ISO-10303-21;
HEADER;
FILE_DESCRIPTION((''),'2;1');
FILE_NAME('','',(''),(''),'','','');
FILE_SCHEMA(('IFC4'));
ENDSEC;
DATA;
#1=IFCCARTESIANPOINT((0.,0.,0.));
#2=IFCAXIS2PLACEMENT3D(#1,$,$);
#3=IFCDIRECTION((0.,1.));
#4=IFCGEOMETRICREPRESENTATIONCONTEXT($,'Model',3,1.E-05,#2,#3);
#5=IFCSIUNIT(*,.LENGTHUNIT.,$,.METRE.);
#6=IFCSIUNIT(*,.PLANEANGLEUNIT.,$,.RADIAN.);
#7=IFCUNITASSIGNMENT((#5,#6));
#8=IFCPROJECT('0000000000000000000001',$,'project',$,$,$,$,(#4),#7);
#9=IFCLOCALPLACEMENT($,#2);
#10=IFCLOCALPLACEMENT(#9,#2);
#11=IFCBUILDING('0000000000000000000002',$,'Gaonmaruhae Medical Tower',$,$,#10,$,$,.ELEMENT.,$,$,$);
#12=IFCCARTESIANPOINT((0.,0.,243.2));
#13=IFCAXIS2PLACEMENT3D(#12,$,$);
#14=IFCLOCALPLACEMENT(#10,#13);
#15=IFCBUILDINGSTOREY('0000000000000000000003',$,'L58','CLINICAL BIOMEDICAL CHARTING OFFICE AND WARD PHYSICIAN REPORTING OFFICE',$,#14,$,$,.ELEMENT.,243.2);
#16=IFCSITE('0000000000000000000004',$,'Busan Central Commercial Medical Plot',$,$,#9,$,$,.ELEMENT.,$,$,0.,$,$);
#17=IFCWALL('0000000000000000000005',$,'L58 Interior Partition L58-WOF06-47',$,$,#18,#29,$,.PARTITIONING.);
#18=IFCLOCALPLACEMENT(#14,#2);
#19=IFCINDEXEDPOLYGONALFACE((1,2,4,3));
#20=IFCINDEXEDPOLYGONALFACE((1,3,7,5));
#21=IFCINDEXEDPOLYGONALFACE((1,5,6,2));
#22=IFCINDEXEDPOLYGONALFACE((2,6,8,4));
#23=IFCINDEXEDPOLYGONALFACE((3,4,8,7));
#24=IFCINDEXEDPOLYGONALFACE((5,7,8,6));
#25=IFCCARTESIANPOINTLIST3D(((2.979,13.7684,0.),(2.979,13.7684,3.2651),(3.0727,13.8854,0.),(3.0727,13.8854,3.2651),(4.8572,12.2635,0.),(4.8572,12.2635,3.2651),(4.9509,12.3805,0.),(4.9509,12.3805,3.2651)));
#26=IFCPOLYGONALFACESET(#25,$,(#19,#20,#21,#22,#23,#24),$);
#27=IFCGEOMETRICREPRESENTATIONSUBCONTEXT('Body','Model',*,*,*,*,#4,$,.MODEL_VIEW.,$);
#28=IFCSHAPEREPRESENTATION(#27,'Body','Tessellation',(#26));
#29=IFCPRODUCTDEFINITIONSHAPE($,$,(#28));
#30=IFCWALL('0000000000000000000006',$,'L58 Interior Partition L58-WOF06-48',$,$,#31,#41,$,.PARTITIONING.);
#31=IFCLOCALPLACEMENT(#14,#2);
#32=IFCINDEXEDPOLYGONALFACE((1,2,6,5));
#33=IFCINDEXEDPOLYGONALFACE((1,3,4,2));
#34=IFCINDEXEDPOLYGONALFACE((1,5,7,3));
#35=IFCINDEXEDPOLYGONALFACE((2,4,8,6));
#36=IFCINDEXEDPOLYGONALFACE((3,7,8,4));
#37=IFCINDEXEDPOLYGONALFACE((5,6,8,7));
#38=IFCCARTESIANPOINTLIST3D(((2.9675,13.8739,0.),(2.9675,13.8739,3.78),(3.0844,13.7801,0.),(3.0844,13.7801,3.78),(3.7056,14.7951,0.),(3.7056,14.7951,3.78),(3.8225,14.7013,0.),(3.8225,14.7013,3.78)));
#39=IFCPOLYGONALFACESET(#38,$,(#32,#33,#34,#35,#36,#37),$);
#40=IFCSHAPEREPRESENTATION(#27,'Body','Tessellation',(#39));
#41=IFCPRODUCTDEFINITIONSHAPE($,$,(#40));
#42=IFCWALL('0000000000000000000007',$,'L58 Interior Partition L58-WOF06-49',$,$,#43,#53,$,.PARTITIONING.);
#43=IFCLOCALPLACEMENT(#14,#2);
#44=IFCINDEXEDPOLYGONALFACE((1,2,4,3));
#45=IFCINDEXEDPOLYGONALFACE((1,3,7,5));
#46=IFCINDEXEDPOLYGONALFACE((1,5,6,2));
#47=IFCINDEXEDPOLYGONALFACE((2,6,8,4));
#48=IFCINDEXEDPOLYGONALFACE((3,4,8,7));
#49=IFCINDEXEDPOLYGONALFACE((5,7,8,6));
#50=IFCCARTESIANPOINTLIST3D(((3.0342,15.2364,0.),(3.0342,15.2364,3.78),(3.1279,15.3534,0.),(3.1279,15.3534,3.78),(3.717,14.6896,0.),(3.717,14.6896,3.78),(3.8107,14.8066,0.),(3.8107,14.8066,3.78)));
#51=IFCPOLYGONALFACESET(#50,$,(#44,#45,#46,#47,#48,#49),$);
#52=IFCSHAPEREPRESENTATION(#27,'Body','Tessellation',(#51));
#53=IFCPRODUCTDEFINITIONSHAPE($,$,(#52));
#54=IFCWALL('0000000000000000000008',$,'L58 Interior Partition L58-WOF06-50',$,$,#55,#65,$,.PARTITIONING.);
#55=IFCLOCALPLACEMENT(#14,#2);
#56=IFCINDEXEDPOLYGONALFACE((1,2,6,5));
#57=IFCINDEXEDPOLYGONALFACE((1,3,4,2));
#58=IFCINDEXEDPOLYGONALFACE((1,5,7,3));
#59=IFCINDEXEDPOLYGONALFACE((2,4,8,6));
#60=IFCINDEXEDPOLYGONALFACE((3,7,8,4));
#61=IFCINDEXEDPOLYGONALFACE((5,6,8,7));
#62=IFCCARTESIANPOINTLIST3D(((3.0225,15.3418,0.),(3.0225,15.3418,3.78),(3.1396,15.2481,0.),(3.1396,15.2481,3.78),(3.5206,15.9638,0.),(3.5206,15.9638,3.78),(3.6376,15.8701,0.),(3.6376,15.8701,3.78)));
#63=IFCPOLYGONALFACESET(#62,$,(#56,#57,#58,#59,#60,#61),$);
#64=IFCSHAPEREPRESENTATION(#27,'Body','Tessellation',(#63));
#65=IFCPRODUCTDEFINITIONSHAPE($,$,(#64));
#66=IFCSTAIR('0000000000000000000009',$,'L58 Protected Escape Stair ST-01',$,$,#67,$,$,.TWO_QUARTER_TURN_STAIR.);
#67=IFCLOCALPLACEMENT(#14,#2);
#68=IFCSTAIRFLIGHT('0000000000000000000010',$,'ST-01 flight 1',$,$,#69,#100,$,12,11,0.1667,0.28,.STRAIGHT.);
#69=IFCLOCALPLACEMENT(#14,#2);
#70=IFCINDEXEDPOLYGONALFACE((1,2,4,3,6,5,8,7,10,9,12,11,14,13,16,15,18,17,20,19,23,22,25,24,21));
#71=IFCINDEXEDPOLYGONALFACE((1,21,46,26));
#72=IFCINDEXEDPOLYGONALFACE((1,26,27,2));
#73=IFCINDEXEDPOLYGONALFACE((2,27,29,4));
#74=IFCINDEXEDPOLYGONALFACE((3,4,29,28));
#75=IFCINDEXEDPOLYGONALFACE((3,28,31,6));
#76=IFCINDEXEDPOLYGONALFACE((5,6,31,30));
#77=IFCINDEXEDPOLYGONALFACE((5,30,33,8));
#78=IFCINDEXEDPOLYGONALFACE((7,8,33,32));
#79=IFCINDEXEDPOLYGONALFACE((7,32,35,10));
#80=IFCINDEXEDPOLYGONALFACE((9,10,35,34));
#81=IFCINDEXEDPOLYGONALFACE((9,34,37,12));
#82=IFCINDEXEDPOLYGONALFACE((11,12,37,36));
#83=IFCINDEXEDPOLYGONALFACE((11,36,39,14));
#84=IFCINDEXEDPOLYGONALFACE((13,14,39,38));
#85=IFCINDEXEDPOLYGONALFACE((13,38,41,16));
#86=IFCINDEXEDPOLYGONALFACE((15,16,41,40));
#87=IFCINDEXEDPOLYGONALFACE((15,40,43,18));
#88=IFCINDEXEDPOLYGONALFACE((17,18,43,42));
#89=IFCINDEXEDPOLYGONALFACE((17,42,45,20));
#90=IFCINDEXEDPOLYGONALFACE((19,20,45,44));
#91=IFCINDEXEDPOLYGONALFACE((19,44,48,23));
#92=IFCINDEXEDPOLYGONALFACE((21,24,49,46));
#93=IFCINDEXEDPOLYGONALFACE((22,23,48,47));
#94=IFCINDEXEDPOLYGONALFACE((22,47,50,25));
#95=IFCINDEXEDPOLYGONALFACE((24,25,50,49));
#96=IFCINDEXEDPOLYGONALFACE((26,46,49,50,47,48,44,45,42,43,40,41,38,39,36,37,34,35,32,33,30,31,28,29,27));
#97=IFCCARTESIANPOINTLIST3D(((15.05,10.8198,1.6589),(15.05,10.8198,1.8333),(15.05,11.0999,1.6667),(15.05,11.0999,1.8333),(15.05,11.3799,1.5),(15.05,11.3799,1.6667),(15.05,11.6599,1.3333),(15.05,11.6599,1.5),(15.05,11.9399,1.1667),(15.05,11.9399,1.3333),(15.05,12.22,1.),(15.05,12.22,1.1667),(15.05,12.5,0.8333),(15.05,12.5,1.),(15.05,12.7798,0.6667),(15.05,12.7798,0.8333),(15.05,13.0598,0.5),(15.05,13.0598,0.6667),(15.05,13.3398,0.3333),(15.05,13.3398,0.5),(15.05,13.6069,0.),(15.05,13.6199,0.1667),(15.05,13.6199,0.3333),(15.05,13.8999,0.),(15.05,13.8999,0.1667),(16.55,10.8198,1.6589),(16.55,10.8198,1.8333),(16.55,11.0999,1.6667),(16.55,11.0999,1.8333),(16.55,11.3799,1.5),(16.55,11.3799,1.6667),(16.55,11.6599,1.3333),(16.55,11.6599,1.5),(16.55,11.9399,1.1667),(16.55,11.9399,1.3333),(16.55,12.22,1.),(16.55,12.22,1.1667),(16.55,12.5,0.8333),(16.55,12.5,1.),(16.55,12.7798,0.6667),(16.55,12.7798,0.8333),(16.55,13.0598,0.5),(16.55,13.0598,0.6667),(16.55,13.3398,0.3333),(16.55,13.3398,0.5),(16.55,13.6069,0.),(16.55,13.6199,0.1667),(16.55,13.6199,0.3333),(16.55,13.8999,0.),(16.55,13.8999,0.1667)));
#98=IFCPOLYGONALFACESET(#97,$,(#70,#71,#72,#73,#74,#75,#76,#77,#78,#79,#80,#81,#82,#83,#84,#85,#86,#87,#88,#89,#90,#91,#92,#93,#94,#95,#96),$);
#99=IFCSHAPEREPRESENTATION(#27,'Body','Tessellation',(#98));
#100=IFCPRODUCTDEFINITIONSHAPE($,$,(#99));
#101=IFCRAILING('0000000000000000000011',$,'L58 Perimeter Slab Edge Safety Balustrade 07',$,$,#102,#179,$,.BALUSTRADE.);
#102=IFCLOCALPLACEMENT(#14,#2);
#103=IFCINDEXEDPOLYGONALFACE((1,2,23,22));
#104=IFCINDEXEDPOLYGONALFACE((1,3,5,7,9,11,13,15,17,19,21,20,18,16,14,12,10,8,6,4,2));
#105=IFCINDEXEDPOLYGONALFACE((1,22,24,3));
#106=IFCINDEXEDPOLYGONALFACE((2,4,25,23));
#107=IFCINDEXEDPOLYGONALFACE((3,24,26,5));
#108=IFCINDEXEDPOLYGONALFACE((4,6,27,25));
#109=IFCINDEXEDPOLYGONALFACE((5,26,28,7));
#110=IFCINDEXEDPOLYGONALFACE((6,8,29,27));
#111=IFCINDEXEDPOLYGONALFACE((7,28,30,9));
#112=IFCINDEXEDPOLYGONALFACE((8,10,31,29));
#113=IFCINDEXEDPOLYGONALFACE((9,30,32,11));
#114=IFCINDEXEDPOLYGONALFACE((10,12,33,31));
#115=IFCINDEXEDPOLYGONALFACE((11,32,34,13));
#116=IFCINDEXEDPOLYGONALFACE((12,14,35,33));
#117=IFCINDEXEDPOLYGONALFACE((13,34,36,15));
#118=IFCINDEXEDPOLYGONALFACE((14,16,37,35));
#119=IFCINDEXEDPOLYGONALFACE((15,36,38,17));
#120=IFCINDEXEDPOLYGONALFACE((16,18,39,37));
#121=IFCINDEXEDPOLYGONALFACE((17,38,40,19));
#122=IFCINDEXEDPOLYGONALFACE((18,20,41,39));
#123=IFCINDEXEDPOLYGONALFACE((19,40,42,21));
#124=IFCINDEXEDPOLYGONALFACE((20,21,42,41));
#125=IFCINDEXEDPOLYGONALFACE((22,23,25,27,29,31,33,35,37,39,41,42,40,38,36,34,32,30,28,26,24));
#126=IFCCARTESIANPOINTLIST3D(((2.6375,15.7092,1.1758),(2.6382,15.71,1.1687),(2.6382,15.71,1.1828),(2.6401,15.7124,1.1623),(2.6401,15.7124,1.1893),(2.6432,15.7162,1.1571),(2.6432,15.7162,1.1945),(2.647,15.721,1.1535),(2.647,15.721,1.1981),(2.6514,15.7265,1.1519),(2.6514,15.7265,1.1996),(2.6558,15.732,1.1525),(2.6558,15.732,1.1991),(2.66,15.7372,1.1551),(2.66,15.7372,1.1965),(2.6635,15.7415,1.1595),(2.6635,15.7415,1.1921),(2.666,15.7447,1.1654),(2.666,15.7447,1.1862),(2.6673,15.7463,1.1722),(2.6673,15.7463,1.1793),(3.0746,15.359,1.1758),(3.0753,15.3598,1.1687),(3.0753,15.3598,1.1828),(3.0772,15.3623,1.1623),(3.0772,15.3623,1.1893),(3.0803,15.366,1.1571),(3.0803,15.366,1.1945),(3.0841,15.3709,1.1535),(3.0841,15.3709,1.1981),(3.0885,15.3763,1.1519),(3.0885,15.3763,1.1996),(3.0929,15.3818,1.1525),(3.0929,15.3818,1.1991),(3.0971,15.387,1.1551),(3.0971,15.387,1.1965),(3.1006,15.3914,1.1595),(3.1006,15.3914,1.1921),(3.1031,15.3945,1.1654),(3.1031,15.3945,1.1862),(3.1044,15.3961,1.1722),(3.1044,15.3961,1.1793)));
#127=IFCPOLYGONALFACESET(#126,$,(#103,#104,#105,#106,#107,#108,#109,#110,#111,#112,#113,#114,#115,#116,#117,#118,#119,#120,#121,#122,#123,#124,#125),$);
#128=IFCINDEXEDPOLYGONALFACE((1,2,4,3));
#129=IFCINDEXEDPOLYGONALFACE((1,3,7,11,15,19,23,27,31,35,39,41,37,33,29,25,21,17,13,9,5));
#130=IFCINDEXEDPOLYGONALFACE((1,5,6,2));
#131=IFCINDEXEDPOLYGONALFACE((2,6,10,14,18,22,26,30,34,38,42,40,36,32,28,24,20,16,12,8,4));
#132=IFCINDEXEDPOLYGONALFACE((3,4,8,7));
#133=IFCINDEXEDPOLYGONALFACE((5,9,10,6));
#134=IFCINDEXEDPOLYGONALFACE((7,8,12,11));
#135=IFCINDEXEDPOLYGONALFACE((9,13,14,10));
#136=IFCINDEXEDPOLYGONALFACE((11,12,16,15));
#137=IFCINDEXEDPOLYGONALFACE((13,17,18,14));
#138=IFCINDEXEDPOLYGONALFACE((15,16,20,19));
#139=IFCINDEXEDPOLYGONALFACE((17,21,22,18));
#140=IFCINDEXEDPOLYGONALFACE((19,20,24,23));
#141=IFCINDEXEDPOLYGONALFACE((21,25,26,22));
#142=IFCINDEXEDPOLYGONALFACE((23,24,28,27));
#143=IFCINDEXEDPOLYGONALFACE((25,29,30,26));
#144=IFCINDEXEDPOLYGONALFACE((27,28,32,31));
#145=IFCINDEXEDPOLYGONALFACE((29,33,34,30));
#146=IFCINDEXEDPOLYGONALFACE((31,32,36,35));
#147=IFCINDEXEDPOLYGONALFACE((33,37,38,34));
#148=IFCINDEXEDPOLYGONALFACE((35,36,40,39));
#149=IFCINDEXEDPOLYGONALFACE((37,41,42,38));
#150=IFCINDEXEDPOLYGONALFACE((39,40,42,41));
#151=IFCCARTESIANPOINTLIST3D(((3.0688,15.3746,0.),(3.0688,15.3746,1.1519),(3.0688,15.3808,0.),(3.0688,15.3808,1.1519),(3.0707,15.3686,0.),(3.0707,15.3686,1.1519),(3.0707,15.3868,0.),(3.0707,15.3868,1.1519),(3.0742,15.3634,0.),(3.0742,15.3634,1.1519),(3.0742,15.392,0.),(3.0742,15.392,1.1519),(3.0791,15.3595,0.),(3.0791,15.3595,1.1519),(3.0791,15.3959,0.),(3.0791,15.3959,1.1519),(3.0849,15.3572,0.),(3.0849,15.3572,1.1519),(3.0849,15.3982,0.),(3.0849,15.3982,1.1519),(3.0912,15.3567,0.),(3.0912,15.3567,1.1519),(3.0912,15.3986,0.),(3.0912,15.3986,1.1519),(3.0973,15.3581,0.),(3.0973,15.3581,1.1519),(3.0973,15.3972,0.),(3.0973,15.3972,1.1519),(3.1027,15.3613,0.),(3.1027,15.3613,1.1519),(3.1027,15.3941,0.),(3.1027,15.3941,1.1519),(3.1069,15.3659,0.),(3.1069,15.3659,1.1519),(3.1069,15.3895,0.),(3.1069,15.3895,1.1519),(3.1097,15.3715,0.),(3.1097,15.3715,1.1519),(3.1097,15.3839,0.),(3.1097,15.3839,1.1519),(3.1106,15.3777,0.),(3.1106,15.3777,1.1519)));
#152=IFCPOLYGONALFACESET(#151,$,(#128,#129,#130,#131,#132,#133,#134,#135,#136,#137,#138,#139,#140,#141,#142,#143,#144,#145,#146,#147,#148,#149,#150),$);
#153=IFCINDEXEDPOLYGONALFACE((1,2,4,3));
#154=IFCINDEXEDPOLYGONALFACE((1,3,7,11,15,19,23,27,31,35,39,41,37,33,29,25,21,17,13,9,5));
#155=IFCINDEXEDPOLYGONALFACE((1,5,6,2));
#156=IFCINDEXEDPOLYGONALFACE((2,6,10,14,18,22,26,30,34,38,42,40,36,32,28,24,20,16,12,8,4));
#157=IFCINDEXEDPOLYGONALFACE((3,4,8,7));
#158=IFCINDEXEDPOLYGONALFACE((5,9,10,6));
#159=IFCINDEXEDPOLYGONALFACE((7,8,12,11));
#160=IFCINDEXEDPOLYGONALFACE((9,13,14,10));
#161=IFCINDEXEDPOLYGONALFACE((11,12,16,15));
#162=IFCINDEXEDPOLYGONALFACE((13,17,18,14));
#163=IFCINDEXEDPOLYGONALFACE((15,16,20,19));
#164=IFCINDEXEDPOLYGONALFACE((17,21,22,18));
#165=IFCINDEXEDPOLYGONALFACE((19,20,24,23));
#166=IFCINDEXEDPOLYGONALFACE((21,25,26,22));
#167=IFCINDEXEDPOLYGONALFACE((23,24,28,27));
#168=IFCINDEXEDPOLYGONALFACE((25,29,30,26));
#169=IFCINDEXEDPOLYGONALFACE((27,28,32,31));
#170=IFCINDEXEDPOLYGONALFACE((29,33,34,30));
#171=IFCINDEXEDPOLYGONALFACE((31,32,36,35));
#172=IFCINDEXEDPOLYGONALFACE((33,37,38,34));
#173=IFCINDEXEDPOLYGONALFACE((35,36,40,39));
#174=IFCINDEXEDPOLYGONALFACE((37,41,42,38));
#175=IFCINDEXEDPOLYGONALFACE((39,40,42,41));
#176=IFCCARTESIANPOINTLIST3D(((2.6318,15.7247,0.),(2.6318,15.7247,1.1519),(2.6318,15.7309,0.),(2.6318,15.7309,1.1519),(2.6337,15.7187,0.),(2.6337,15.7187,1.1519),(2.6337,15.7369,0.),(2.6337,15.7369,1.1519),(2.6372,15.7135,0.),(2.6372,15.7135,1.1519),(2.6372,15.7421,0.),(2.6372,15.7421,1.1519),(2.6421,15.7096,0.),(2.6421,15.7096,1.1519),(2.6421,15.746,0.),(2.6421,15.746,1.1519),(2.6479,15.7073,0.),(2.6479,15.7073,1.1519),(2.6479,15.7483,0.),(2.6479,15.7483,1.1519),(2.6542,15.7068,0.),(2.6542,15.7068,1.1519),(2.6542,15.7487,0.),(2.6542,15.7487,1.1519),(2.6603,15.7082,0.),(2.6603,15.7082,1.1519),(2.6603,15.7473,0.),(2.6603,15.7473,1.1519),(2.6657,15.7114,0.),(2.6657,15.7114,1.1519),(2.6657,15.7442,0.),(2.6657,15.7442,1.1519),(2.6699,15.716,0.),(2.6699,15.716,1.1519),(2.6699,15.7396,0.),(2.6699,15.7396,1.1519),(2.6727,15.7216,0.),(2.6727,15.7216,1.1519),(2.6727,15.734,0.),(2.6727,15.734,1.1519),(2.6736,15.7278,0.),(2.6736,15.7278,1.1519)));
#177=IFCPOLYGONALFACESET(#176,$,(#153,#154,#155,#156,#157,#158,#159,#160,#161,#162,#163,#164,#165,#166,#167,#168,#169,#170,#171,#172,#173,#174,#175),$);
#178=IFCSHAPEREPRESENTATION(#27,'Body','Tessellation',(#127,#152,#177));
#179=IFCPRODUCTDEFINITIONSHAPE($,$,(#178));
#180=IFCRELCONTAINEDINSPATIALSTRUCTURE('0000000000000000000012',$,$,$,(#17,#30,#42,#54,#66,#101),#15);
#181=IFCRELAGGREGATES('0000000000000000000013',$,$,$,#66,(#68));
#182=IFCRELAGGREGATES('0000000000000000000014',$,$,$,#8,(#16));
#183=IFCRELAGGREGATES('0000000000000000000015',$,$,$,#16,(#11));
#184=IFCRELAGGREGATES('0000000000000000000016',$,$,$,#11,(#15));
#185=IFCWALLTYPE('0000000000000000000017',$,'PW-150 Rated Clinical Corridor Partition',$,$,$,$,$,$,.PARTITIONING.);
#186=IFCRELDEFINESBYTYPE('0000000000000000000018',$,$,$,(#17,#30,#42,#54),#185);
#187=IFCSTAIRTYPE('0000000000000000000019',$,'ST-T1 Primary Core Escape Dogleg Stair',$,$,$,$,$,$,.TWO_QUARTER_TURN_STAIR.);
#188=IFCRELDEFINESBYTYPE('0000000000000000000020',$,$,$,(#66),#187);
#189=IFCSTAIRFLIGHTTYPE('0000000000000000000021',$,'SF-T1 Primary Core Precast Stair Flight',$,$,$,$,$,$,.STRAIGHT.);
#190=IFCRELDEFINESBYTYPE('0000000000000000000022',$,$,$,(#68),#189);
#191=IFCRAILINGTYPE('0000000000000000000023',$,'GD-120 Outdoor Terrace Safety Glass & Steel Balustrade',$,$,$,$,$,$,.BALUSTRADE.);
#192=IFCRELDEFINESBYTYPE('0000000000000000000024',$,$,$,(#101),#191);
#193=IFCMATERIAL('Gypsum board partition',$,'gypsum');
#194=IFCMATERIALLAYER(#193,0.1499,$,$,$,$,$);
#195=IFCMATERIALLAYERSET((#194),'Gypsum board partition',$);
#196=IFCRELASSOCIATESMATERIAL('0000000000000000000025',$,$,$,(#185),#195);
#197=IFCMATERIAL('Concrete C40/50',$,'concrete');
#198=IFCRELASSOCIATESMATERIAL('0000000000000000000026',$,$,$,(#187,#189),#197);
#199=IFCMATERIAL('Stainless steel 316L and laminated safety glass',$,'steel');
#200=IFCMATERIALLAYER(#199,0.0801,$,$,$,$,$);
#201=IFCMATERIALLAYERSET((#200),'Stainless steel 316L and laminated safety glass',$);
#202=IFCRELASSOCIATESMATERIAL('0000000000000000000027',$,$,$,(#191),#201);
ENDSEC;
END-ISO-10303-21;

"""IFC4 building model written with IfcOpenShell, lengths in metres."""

from ifc_helpers import new_model, si_unit, direction, frame, frame_2d, origin, origin_2d, place, context, subcontext, project, spatial, polyline, rectangle, circle, outline, extrude, material, layer, layer_set, type_object, element, aggregate, save


model = new_model("IFC4")

# Units and contexts
model_context = context("Model", 3, precision=1e-05, world=origin(), true_north=direction((0.0, 1.0)))
body_context = subcontext(model_context, "Body", "Model", "MODEL_VIEW")
ifc_project = project(units=[si_unit("LENGTHUNIT", "METRE"), si_unit("PLANEANGLEUNIT", "RADIAN")], contexts=[model_context])

# Site, building, storey
site_placement = place(None, origin())
site = spatial("IfcSite", under=ifc_project, at=site_placement, Name="Busan Central Commercial Medical Plot", CompositionType="ELEMENT", RefElevation=0.0)
building_placement = place(site_placement, origin())
building = spatial("IfcBuilding", under=site, at=building_placement, Name="Gaonmaruhae Medical Tower", CompositionType="ELEMENT")
storey_placement = place(building_placement, frame((0.0, 0.0, 243.2)))
storey = spatial("IfcBuildingStorey", under=building, at=storey_placement, Name="L58", Description="CLINICAL BIOMEDICAL CHARTING OFFICE AND WARD PHYSICIAN REPORTING OFFICE", CompositionType="ELEMENT", Elevation=243.2)

# Walls
ifc_material_1 = material(Name="Gypsum board partition", Category="gypsum")
ifc_layer_1 = layer(ifc_material_1, 0.1499)
ifc_layer_set_1 = layer_set([ifc_layer_1], Name="Gypsum board partition")
wall_type_1 = type_object("IfcWallType", Name="PW-150 Rated Clinical Corridor Partition", PredefinedType="PARTITIONING", material=ifc_layer_set_1)
wall_1_placement = place(storey_placement, frame((4.9041, 12.322, 0.0), z_axis=(0.0, 0.0, 1.0), x_axis=(-0.780394, 0.625289, 0.0)))
element("IfcWall", 1, at=wall_1_placement, inside=storey, type_object=wall_type_1, Name="L58 Interior Partition L58-WOF06-47", PredefinedType="PARTITIONING", context=body_context, shape_type="SweptSolid", body=[
    extrude(rectangle(XDim=2.4067, YDim=0.1499, at=frame_2d((1.2034, 0.0))), origin(), (0.0, 0.0, 1.0), 3.2651),
])
wall_2_placement = place(storey_placement, frame((3.0259, 13.8269, 0.0), z_axis=(0.0, 0.0, 1.0), x_axis=(0.625275, 0.780404, 0.0)))
element("IfcWall", 2, at=wall_2_placement, inside=storey, type_object=wall_type_1, Name="L58 Interior Partition L58-WOF06-48", PredefinedType="PARTITIONING", context=body_context, shape_type="SweptSolid", body=[
    extrude(rectangle(XDim=1.1804, YDim=0.1499, at=frame_2d((0.5903, 0.0))), origin(), (0.0, 0.0, 1.0), 3.78),
])
wall_3_placement = place(storey_placement, frame((3.7639, 14.748, 0.0), z_axis=(0.0, 0.0, 1.0), x_axis=(-0.780542, 0.625103, 0.0)))
element("IfcWall", 3, at=wall_3_placement, inside=storey, type_object=wall_type_1, Name="L58 Interior Partition L58-WOF06-49", PredefinedType="PARTITIONING", context=body_context, shape_type="SweptSolid", body=[
    extrude(rectangle(XDim=0.8748, YDim=0.1499, at=frame_2d((0.4375, 0.0))), origin(), (0.0, 0.0, 1.0), 3.78),
])
wall_4_placement = place(storey_placement, frame((3.0811, 15.2949, 0.0), z_axis=(0.0, 0.0, 1.0), x_axis=(0.624994, 0.78063, 0.0)))
element("IfcWall", 4, at=wall_4_placement, inside=storey, type_object=wall_type_1, Name="L58 Interior Partition L58-WOF06-50", PredefinedType="PARTITIONING", context=body_context, shape_type="SweptSolid", body=[
    extrude(rectangle(XDim=0.7969, YDim=0.1499, at=frame_2d((0.3984, 0.0))), origin(), (0.0, 0.0, 1.0), 3.78),
])

# Stair, stair flight
ifc_material_2 = material(Name="Concrete C40/50", Category="concrete")
stair_type = type_object("IfcStairType", Name="ST-T1 Primary Core Escape Dogleg Stair", PredefinedType="TWO_QUARTER_TURN_STAIR", material=ifc_material_2)
stair_placement = place(storey_placement, origin())
stair = element("IfcStair", 5, at=stair_placement, inside=storey, type_object=stair_type, Name="L58 Protected Escape Stair ST-01", PredefinedType="TWO_QUARTER_TURN_STAIR")
stair_flight_type = type_object("IfcStairFlightType", Name="SF-T1 Primary Core Precast Stair Flight", PredefinedType="STRAIGHT", material=ifc_material_2)
stair_flight_placement = place(storey_placement, frame((15.8, 13.8999, 0.0), z_axis=(0.0, 0.0, 1.0), x_axis=(0.0, -1.0, 0.0)))
stair_flight = element("IfcStairFlight", 6, at=stair_flight_placement, type_object=stair_flight_type, Name="ST-01 flight 1", NumberOfRisers=12, NumberOfTreads=11, PredefinedType="STRAIGHT", RiserHeight=0.1667, TreadLength=0.28, context=body_context, shape_type="SweptSolid", body=[
    extrude(outline(polyline([(0.0, 0.0), (0.0, 0.1667), (0.28, 0.1667), (0.28, 0.3333), (0.5601, 0.3333), (0.5601, 0.5), (0.8401, 0.5), (0.8401, 0.6667), (1.1201, 0.6667), (1.1201, 0.8333), (1.3999, 0.8333), (1.3999, 1.0), (1.6799, 1.0), (1.6799, 1.1667), (1.96, 1.1667), (1.96, 1.3333), (2.24, 1.3333), (2.24, 1.5), (2.52, 1.5), (2.52, 1.6667), (2.8, 1.6667), (2.8, 1.8333), (3.0801, 1.8333), (3.0801, 2.0), (3.0801, 1.6589), (0.293, 0.0), (0.0, 0.0)])), frame((0.0, 0.75, 0.0), z_axis=(0.0, -1.0, 0.0), x_axis=(1.0, 0.0, 0.0)), (0.0, 0.0, 1.0), 1.5),
])
aggregate(stair, [stair_flight])

# Railing
ifc_material_3 = material(Name="Stainless steel 316L and laminated safety glass", Category="steel")
ifc_layer_2 = layer(ifc_material_3, 0.0801)
ifc_layer_set_2 = layer_set([ifc_layer_2], Name="Stainless steel 316L and laminated safety glass")
railing_type_1 = type_object("IfcRailingType", Name="GD-120 Outdoor Terrace Safety Glass & Steel Balustrade", PredefinedType="BALUSTRADE", material=ifc_layer_set_2)
railing_1_placement = place(storey_placement, frame((3.0896, 15.3777, 0.0)))
element("IfcRailing", 7, at=railing_1_placement, inside=storey, type_object=railing_type_1, Name="L58 Perimeter Slab Edge Safety Balustrade 07", PredefinedType="BALUSTRADE", context=body_context, shape_type="SweptSolid", body=[
    extrude(circle(Radius=0.0239, at=origin_2d()), frame((0.0, 0.0, 1.1758), z_axis=(-0.780443, 0.625227, 0.0), x_axis=(-0.625227, -0.780443, 0.0)), (0.0, 0.0, 1.0), 0.5601),
    extrude(circle(Radius=0.021, at=origin_2d()), origin(), (0.0, 0.0, 1.0), 1.1519),
    extrude(circle(Radius=0.021, at=origin_2d()), frame((-0.437, 0.3501, 0.0)), (0.0, 0.0, 1.0), 1.1519),
])

save(model, "model.ifc")
